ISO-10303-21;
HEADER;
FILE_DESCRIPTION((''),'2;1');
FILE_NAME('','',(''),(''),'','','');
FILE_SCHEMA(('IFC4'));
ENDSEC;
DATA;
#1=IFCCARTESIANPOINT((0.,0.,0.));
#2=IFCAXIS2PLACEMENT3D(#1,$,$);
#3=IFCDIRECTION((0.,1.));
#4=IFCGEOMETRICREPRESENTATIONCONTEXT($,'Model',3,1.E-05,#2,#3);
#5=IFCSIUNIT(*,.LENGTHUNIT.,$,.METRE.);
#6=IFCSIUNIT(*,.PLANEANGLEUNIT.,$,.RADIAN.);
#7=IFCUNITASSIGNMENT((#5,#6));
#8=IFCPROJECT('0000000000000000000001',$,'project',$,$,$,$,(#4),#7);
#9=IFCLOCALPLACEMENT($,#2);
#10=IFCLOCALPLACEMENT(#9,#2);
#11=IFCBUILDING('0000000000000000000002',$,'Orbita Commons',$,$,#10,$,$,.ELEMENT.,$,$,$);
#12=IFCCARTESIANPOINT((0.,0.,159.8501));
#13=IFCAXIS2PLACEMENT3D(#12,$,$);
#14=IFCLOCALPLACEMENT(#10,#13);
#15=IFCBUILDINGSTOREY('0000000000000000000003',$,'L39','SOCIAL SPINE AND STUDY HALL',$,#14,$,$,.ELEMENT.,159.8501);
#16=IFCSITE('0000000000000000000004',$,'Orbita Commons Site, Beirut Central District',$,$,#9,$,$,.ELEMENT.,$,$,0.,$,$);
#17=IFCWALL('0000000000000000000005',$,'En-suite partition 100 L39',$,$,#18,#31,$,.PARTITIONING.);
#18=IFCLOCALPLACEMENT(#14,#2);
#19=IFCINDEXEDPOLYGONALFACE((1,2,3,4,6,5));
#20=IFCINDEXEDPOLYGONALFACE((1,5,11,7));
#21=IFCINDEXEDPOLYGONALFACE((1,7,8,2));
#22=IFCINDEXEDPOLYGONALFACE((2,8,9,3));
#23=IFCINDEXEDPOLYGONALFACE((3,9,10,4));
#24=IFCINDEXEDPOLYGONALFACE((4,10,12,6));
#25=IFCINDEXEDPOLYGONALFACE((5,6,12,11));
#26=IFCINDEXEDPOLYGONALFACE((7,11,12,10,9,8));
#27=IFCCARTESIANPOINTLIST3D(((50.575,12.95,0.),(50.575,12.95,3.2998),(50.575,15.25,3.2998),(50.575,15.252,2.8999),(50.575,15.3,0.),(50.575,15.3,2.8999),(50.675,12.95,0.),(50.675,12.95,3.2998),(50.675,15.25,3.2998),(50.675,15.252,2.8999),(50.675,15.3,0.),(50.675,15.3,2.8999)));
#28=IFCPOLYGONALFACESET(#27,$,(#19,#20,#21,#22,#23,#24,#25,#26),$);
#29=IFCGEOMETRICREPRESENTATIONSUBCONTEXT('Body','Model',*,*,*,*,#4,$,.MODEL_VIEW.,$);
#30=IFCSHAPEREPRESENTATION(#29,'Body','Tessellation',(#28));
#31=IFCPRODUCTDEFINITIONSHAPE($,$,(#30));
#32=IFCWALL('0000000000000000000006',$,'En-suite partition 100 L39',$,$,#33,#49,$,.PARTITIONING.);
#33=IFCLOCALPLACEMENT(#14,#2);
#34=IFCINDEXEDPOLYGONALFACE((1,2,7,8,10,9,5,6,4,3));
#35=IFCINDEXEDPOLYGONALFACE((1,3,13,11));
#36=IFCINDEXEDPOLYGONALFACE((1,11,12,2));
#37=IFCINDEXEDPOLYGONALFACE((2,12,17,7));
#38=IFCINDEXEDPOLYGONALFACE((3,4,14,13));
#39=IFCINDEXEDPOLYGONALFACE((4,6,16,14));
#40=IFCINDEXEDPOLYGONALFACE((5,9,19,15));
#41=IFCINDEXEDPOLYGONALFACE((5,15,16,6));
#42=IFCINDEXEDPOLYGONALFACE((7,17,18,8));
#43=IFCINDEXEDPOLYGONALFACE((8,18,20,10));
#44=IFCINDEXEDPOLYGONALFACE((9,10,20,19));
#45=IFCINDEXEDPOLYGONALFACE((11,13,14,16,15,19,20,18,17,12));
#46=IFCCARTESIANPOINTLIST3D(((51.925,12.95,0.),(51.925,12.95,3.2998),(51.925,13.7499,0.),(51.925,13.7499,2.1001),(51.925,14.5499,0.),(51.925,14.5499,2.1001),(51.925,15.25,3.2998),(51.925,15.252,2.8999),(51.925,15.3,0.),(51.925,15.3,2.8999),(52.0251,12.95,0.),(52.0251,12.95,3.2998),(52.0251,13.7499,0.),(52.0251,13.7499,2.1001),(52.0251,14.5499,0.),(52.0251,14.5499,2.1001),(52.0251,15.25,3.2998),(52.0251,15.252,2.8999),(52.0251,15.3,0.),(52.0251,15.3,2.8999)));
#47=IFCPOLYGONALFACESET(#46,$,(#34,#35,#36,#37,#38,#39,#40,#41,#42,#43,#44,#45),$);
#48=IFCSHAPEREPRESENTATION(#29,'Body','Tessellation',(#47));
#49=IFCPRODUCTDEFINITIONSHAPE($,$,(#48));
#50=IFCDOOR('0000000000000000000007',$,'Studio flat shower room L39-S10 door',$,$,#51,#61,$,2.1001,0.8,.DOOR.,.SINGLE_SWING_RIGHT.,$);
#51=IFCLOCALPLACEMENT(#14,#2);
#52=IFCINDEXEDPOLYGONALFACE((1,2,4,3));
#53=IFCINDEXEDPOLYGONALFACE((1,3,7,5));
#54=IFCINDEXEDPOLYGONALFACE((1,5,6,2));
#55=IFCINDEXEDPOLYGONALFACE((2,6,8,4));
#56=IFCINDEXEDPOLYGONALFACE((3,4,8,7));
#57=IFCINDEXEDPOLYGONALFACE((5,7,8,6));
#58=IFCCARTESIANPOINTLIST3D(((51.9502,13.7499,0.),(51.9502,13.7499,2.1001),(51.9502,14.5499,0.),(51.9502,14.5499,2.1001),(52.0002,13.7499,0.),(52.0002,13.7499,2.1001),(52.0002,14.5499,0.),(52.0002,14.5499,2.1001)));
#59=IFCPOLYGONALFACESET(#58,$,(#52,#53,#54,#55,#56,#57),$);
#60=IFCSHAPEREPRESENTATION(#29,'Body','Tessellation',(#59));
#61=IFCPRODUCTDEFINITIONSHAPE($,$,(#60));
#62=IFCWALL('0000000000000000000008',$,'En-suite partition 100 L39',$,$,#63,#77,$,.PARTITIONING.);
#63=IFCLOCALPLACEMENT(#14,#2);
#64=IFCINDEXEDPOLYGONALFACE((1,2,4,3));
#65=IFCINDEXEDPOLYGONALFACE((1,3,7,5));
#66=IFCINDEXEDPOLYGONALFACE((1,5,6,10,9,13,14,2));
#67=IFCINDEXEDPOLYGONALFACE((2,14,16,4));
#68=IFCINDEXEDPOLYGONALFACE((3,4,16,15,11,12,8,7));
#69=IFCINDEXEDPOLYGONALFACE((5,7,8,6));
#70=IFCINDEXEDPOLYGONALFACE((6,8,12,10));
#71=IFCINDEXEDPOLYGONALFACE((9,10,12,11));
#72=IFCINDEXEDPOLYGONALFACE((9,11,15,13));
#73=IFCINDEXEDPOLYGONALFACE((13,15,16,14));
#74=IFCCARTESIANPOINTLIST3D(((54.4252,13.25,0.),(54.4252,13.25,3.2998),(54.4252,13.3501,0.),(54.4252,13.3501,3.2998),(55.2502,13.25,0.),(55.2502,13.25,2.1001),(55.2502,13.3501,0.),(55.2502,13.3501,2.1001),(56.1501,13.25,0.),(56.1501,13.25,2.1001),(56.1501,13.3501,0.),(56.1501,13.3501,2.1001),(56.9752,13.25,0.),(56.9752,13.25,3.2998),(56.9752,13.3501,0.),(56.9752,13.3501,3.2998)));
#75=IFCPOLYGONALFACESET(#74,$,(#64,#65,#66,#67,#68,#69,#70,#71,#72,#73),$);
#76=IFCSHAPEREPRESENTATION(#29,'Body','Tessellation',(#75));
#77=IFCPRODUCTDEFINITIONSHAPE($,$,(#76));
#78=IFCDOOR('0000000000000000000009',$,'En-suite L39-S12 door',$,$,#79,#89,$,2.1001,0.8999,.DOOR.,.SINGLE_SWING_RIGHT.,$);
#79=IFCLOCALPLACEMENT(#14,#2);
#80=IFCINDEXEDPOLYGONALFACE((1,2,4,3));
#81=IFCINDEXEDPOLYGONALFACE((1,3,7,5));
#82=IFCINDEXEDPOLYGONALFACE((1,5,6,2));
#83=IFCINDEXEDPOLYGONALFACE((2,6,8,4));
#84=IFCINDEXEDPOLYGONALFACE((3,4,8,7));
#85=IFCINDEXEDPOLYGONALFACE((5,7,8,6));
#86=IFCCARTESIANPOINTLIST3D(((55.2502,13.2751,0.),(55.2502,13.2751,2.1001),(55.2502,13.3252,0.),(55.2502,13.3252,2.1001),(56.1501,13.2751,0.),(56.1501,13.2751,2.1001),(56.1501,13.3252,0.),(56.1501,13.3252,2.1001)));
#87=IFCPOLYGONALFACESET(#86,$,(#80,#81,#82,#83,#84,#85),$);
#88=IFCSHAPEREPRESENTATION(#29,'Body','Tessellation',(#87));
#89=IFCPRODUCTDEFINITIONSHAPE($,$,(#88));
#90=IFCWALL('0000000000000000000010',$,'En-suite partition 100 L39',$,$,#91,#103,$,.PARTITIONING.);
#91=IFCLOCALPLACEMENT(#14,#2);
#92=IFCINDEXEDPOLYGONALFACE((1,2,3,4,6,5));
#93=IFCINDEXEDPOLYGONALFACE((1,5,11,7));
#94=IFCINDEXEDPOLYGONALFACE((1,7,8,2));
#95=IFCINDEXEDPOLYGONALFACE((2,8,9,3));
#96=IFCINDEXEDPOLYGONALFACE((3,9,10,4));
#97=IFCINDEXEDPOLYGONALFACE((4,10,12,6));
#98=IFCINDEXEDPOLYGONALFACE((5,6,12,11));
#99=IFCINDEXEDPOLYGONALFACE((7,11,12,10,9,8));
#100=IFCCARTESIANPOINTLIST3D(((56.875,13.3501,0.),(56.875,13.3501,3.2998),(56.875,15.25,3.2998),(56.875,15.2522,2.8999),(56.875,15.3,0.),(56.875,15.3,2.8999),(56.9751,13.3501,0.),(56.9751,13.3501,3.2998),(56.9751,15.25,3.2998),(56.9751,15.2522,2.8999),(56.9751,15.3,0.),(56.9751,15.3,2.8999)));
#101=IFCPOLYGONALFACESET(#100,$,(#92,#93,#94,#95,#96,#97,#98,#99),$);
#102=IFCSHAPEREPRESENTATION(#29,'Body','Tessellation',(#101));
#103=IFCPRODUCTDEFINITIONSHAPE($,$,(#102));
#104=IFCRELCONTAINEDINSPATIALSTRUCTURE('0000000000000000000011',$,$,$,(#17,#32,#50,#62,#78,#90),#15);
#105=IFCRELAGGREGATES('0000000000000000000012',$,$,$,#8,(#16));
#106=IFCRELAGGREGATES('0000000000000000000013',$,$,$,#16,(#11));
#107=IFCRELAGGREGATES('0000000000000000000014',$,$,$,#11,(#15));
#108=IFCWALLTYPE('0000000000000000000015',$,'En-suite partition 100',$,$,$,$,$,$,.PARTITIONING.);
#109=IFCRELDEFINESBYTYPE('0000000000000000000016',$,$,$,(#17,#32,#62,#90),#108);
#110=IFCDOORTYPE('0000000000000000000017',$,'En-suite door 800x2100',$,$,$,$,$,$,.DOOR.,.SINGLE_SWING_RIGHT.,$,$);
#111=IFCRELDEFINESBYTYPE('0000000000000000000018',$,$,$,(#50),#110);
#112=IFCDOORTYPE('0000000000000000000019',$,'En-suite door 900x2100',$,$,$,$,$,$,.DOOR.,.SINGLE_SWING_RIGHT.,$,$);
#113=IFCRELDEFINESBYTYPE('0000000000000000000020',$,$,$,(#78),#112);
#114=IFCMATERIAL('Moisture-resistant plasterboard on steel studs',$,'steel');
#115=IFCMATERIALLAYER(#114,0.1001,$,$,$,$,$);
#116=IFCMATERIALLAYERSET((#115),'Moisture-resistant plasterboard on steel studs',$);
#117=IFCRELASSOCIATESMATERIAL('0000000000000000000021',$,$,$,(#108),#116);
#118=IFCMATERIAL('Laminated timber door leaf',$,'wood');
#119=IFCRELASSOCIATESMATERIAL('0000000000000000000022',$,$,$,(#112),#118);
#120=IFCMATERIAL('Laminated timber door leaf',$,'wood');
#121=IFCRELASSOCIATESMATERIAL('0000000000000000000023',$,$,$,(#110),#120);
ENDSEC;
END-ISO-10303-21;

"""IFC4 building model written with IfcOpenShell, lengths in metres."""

from ifc_helpers import new_model, si_unit, direction, frame, frame_2d, origin, place, context, subcontext, project, spatial, polyline, rectangle, outline, extrude, material, layer, layer_set, type_object, element, fill, save


model = new_model("IFC4")

# Units and contexts
model_context = context("Model", 3, precision=1e-05, world=origin(), true_north=direction((0.0, 1.0)))
body_context = subcontext(model_context, "Body", "Model", "MODEL_VIEW")
ifc_project = project(units=[si_unit("LENGTHUNIT", "METRE"), si_unit("PLANEANGLEUNIT", "RADIAN")], contexts=[model_context])

# Site, building, storey
site_placement = place(None, origin())
site = spatial("IfcSite", under=ifc_project, at=site_placement, Name="Orbita Commons Site, Beirut Central District", CompositionType="ELEMENT", RefElevation=0.0)
building_placement = place(site_placement, origin())
building = spatial("IfcBuilding", under=site, at=building_placement, Name="Orbita Commons", CompositionType="ELEMENT")
storey_placement = place(building_placement, frame((0.0, 0.0, 159.8501)))
storey = spatial("IfcBuildingStorey", under=building, at=storey_placement, Name="L39", Description="SOCIAL SPINE AND STUDY HALL", CompositionType="ELEMENT", Elevation=159.8501)

# Shared definitions
ifc_material_1 = material(Name="Moisture-resistant plasterboard on steel studs", Category="steel")
ifc_layer = layer(ifc_material_1, 0.1001)
ifc_layer_set = layer_set([ifc_layer], Name="Moisture-resistant plasterboard on steel studs")
wall_type = type_object("IfcWallType", Name="En-suite partition 100", PredefinedType="PARTITIONING", material=ifc_layer_set)
ifc_material_2 = material(Name="Laminated timber door leaf", Category="wood")
door_type_1 = type_object("IfcDoorType", Name="En-suite door 900x2100", OperationType="SINGLE_SWING_RIGHT", PredefinedType="DOOR", material=ifc_material_2)

# Shared definitions
ifc_material_3 = material(Name="Laminated timber door leaf", Category="wood")
door_type_2 = type_object("IfcDoorType", Name="En-suite door 800x2100", OperationType="SINGLE_SWING_RIGHT", PredefinedType="DOOR", material=ifc_material_3)

# Wall
wall_1_placement = place(storey_placement, frame((50.625, 12.95, 0.0), z_axis=(0.0, 0.0, 1.0), x_axis=(0.0, 1.0, 0.0)))
element("IfcWall", 1, at=wall_1_placement, inside=storey, type_object=wall_type, Name="En-suite partition 100 L39", PredefinedType="PARTITIONING", context=body_context, shape_type="SweptSolid", body=[
    extrude(outline(polyline([(0.0, 0.0), (2.3501, 0.0), (2.3501, 2.8999), (2.302, 2.8999), (2.3, 3.2998), (0.0, 3.2998), (0.0, 0.0)])), frame((0.0, 0.05, 0.0), z_axis=(0.0, -1.0, 0.0), x_axis=(1.0, 0.0, 0.0)), (0.0, 0.0, 1.0), 0.1001),
])

# Walls, openings, doors
wall_2_placement = place(storey_placement, frame((51.9751, 12.95, 0.0), z_axis=(0.0, 0.0, 1.0), x_axis=(0.0, 1.0, 0.0)))
wall_2 = element("IfcWall", 2, at=wall_2_placement, inside=storey, type_object=wall_type, Name="En-suite partition 100 L39", PredefinedType="PARTITIONING", context=body_context, shape_type="SweptSolid", body=[
    extrude(outline(polyline([(0.0, 0.0), (2.3501, 0.0), (2.3501, 2.8999), (2.302, 2.8999), (2.3, 3.2998), (0.0, 3.2998), (0.0, 0.0)])), frame((0.0, 0.05, 0.0), z_axis=(0.0, -1.0, 0.0), x_axis=(1.0, 0.0, 0.0)), (0.0, 0.0, 1.0), 0.1001),
])
opening_1_placement = place(wall_2_placement, frame((0.8, 0.0, 0.0)))
opening_1 = element("IfcOpeningElement", 3, at=opening_1_placement, cuts=wall_2, PredefinedType="OPENING", context=body_context, shape_type="SweptSolid", body=[
    extrude(rectangle(XDim=0.8, YDim=2.1001, at=frame_2d((0.3999, 1.05))), frame((0.0, 0.0601, 0.0), z_axis=(0.0, -1.0, 0.0), x_axis=(1.0, 0.0, 0.0)), (0.0, 0.0, 1.0), 0.1201),
])
door_1_placement = place(opening_1_placement, origin())
door_1 = element("IfcDoor", 4, at=door_1_placement, inside=storey, type_object=door_type_2, Name="Studio flat shower room L39-S10 door", OperationType="SINGLE_SWING_RIGHT", OverallHeight=2.1001, OverallWidth=0.8, PredefinedType="DOOR", context=body_context, shape_type="SweptSolid", body=[
    extrude(rectangle(XDim=0.8, YDim=2.1001, at=frame_2d((0.3999, 1.05))), frame((0.0, 0.0249, 0.0), z_axis=(0.0, -1.0, 0.0), x_axis=(1.0, 0.0, 0.0)), (0.0, 0.0, 1.0), 0.05),
])
fill(opening_1, door_1)
wall_3_placement = place(storey_placement, frame((56.9751, 13.3, 0.0), z_axis=(0.0, 0.0, 1.0), x_axis=(-1.0, 0.0, 0.0)))
wall_3 = element("IfcWall", 5, at=wall_3_placement, inside=storey, type_object=wall_type, Name="En-suite partition 100 L39", PredefinedType="PARTITIONING", context=body_context, shape_type="SweptSolid", body=[
    extrude(rectangle(XDim=2.55, YDim=0.1001, at=frame_2d((1.2749, 0.0))), origin(), (0.0, 0.0, 1.0), 3.2998),
])
opening_2_placement = place(wall_3_placement, frame((0.825, 0.0, 0.0)))
opening_2 = element("IfcOpeningElement", 6, at=opening_2_placement, cuts=wall_3, PredefinedType="OPENING", context=body_context, shape_type="SweptSolid", body=[
    extrude(rectangle(XDim=0.8999, YDim=2.1001, at=frame_2d((0.45, 1.05))), frame((0.0, 0.0601, 0.0), z_axis=(0.0, -1.0, 0.0), x_axis=(1.0, 0.0, 0.0)), (0.0, 0.0, 1.0), 0.1201),
])
door_2_placement = place(opening_2_placement, origin())
door_2 = element("IfcDoor", 7, at=door_2_placement, inside=storey, type_object=door_type_1, Name="En-suite L39-S12 door", OperationType="SINGLE_SWING_RIGHT", OverallHeight=2.1001, OverallWidth=0.8999, PredefinedType="DOOR", context=body_context, shape_type="SweptSolid", body=[
    extrude(rectangle(XDim=0.8999, YDim=2.1001, at=frame_2d((0.45, 1.05))), frame((0.0, 0.0249, 0.0), z_axis=(0.0, -1.0, 0.0), x_axis=(1.0, 0.0, 0.0)), (0.0, 0.0, 1.0), 0.05),
])
fill(opening_2, door_2)

# Wall
wall_4_placement = place(storey_placement, frame((56.925, 13.3501, 0.0), z_axis=(0.0, 0.0, 1.0), x_axis=(0.0, 1.0, 0.0)))
element("IfcWall", 8, at=wall_4_placement, inside=storey, type_object=wall_type, Name="En-suite partition 100 L39", PredefinedType="PARTITIONING", context=body_context, shape_type="SweptSolid", body=[
    extrude(outline(polyline([(0.0, 0.0), (1.95, 0.0), (1.95, 2.8999), (1.9021, 2.8999), (1.8999, 3.2998), (0.0, 3.2998), (0.0, 0.0)])), frame((0.0, 0.05, 0.0), z_axis=(0.0, -1.0, 0.0), x_axis=(1.0, 0.0, 0.0)), (0.0, 0.0, 1.0), 0.1001),
])

save(model, "model.ifc")
